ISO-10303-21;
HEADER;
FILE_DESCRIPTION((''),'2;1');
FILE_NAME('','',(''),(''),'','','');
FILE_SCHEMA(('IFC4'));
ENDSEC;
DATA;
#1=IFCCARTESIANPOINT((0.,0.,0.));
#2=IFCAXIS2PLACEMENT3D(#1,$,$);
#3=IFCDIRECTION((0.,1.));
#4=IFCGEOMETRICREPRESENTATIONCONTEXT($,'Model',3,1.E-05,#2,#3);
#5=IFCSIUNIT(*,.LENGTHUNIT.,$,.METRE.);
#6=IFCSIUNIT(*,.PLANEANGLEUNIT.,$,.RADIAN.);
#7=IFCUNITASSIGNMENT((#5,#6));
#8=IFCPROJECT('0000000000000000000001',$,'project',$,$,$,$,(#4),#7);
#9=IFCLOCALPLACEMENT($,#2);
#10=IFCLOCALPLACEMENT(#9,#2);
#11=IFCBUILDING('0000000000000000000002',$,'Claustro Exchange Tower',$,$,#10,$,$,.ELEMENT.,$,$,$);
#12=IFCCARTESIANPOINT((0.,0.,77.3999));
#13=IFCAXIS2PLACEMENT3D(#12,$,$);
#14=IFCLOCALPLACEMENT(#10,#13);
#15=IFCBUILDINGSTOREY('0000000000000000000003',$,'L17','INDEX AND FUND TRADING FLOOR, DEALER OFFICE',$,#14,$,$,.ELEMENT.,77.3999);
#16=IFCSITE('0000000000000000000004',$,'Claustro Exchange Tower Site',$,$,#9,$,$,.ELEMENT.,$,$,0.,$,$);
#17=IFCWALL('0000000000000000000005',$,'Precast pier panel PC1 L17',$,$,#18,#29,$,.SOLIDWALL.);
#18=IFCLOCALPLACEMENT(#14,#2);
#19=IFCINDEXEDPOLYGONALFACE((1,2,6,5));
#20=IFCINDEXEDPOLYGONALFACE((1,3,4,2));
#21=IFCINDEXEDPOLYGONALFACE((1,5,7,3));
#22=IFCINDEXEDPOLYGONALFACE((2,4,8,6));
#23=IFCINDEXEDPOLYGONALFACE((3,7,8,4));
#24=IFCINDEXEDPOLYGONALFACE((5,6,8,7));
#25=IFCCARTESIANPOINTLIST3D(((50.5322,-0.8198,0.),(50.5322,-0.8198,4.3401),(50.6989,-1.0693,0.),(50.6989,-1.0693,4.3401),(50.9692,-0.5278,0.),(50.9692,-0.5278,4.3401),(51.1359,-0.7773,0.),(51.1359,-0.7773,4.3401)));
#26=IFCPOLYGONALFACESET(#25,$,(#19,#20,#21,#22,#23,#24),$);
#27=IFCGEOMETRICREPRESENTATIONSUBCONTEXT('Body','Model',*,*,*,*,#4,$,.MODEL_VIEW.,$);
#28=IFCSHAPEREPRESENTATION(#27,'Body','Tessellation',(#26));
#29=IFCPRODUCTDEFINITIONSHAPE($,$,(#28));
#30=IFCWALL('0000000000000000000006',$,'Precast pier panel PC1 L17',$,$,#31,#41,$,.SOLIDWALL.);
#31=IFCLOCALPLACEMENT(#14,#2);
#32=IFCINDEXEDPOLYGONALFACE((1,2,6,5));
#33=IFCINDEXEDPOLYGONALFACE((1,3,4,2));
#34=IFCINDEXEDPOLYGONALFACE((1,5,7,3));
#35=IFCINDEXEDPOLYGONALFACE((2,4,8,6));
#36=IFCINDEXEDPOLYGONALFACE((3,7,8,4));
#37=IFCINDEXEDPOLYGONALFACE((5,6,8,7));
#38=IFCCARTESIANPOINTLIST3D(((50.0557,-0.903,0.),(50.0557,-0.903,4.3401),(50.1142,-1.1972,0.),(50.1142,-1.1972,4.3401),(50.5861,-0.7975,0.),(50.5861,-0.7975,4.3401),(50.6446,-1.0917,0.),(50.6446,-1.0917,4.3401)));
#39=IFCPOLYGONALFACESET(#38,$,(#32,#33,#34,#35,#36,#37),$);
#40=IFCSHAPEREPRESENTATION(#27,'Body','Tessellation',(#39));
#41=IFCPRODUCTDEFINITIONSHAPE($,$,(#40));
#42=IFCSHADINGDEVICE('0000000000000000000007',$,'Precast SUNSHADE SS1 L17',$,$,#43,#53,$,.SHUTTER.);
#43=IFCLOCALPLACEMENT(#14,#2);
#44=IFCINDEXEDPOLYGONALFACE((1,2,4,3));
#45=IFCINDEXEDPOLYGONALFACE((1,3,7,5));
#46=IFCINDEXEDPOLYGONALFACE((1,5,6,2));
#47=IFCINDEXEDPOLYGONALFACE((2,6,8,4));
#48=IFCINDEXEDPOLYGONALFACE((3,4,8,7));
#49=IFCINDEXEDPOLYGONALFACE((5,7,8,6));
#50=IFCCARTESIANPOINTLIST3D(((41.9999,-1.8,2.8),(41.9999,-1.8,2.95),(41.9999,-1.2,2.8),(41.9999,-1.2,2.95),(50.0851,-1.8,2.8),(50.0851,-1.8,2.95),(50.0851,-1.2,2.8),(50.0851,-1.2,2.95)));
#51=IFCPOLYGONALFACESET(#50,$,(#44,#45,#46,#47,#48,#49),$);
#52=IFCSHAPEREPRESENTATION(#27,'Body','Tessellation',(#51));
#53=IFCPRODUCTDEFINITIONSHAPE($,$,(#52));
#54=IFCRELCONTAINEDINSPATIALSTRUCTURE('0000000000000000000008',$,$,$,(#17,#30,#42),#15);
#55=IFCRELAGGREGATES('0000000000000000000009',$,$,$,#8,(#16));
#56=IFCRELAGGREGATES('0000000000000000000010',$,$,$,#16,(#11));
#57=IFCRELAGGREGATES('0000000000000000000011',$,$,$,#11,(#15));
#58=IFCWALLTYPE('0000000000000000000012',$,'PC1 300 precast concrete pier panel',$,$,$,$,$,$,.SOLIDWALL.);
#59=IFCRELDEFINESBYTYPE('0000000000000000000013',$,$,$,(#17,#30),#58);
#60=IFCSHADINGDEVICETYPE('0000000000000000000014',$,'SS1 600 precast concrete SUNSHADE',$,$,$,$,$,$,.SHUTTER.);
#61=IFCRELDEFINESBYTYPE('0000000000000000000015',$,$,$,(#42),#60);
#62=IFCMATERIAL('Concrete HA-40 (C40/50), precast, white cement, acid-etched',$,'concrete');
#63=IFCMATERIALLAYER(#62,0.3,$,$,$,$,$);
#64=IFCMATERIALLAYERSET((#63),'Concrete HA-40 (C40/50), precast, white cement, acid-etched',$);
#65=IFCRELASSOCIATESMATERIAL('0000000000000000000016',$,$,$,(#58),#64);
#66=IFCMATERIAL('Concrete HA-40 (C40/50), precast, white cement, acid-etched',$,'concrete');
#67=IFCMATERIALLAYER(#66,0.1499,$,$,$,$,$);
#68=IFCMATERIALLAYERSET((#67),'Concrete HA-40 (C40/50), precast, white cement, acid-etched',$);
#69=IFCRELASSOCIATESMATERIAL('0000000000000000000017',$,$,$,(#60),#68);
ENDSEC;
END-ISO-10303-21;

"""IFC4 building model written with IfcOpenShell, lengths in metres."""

from ifc_helpers import new_model, si_unit, direction, frame, frame_2d, origin, origin_2d, place, context, subcontext, project, spatial, rectangle, extrude, material, layer, layer_set, type_object, element, save


model = new_model("IFC4")

# Units and contexts
model_context = context("Model", 3, precision=1e-05, world=origin(), true_north=direction((0.0, 1.0)))
body_context = subcontext(model_context, "Body", "Model", "MODEL_VIEW")
ifc_project = project(units=[si_unit("LENGTHUNIT", "METRE"), si_unit("PLANEANGLEUNIT", "RADIAN")], contexts=[model_context])

# Site, building, storey
site_placement = place(None, origin())
site = spatial("IfcSite", under=ifc_project, at=site_placement, Name="Claustro Exchange Tower Site", CompositionType="ELEMENT", RefElevation=0.0)
building_placement = place(site_placement, origin())
building = spatial("IfcBuilding", under=site, at=building_placement, Name="Claustro Exchange Tower", CompositionType="ELEMENT")
storey_placement = place(building_placement, frame((0.0, 0.0, 77.3999)))
storey = spatial("IfcBuildingStorey", under=building, at=storey_placement, Name="L17", Description="INDEX AND FUND TRADING FLOOR, DEALER OFFICE", CompositionType="ELEMENT", Elevation=77.3999)

# Shared definitions
ifc_material_1 = material(Name="Concrete HA-40 (C40/50), precast, white cement, acid-etched", Category="concrete")
ifc_layer_1 = layer(ifc_material_1, 0.3)
ifc_layer_set_1 = layer_set([ifc_layer_1], Name="Concrete HA-40 (C40/50), precast, white cement, acid-etched")
wall_type_1 = type_object("IfcWallType", Name="PC1 300 precast concrete pier panel", PredefinedType="SOLIDWALL", material=ifc_layer_set_1)

# Walls
for number, where, z_axis, x_axis, name in (
    (1, (51.0525, -0.6526, 0.0), (0.0, 0.0, 1.0), (-0.831478, -0.555557, 0.0), "Precast pier panel PC1 L17"),
):
    element("IfcWall", number, at=place(storey_placement, frame(where, z_axis=z_axis, x_axis=x_axis)), inside=storey, type_object=wall_type_1, Name=name, PredefinedType="SOLIDWALL", context=body_context, shape_type="SweptSolid", body=[
        extrude(rectangle(XDim=0.5256, YDim=0.3, at=frame_2d((0.2627, 0.0))), origin(), (0.0, 0.0, 1.0), 4.3401),
    ])
wall_1_placement = place(storey_placement, frame((50.6155, -0.9446, 0.0), z_axis=(0.0, 0.0, 1.0), x_axis=(-0.980789, -0.195074, 0.0)))
element("IfcWall", 2, at=wall_1_placement, inside=storey, type_object=wall_type_1, Name="Precast pier panel PC1 L17", PredefinedType="SOLIDWALL", context=body_context, shape_type="SweptSolid", body=[
    extrude(rectangle(XDim=0.5408, YDim=0.3, at=frame_2d((0.2705, 0.0))), origin(), (0.0, 0.0, 1.0), 4.3401),
])

# Shading device
ifc_material_2 = material(Name="Concrete HA-40 (C40/50), precast, white cement, acid-etched", Category="concrete")
ifc_layer_2 = layer(ifc_material_2, 0.1499)
ifc_layer_set_2 = layer_set([ifc_layer_2], Name="Concrete HA-40 (C40/50), precast, white cement, acid-etched")
shading_device_type = type_object("IfcShadingDeviceType", Name="SS1 600 precast concrete SUNSHADE", PredefinedType="SHUTTER", material=ifc_layer_set_2)
shading_device_placement = place(storey_placement, frame((46.0425, -1.5, 2.8), z_axis=(0.0, 0.0, 1.0), x_axis=(-1.0, 0.0, 0.0)))
element("IfcShadingDevice", 3, at=shading_device_placement, inside=storey, type_object=shading_device_type, Name="Precast SUNSHADE SS1 L17", PredefinedType="SHUTTER", context=body_context, shape_type="SweptSolid", body=[
    extrude(rectangle(XDim=8.0852, YDim=0.6001, at=origin_2d()), origin(), (0.0, 0.0, 1.0), 0.1499),
])

save(model, "model.ifc")
